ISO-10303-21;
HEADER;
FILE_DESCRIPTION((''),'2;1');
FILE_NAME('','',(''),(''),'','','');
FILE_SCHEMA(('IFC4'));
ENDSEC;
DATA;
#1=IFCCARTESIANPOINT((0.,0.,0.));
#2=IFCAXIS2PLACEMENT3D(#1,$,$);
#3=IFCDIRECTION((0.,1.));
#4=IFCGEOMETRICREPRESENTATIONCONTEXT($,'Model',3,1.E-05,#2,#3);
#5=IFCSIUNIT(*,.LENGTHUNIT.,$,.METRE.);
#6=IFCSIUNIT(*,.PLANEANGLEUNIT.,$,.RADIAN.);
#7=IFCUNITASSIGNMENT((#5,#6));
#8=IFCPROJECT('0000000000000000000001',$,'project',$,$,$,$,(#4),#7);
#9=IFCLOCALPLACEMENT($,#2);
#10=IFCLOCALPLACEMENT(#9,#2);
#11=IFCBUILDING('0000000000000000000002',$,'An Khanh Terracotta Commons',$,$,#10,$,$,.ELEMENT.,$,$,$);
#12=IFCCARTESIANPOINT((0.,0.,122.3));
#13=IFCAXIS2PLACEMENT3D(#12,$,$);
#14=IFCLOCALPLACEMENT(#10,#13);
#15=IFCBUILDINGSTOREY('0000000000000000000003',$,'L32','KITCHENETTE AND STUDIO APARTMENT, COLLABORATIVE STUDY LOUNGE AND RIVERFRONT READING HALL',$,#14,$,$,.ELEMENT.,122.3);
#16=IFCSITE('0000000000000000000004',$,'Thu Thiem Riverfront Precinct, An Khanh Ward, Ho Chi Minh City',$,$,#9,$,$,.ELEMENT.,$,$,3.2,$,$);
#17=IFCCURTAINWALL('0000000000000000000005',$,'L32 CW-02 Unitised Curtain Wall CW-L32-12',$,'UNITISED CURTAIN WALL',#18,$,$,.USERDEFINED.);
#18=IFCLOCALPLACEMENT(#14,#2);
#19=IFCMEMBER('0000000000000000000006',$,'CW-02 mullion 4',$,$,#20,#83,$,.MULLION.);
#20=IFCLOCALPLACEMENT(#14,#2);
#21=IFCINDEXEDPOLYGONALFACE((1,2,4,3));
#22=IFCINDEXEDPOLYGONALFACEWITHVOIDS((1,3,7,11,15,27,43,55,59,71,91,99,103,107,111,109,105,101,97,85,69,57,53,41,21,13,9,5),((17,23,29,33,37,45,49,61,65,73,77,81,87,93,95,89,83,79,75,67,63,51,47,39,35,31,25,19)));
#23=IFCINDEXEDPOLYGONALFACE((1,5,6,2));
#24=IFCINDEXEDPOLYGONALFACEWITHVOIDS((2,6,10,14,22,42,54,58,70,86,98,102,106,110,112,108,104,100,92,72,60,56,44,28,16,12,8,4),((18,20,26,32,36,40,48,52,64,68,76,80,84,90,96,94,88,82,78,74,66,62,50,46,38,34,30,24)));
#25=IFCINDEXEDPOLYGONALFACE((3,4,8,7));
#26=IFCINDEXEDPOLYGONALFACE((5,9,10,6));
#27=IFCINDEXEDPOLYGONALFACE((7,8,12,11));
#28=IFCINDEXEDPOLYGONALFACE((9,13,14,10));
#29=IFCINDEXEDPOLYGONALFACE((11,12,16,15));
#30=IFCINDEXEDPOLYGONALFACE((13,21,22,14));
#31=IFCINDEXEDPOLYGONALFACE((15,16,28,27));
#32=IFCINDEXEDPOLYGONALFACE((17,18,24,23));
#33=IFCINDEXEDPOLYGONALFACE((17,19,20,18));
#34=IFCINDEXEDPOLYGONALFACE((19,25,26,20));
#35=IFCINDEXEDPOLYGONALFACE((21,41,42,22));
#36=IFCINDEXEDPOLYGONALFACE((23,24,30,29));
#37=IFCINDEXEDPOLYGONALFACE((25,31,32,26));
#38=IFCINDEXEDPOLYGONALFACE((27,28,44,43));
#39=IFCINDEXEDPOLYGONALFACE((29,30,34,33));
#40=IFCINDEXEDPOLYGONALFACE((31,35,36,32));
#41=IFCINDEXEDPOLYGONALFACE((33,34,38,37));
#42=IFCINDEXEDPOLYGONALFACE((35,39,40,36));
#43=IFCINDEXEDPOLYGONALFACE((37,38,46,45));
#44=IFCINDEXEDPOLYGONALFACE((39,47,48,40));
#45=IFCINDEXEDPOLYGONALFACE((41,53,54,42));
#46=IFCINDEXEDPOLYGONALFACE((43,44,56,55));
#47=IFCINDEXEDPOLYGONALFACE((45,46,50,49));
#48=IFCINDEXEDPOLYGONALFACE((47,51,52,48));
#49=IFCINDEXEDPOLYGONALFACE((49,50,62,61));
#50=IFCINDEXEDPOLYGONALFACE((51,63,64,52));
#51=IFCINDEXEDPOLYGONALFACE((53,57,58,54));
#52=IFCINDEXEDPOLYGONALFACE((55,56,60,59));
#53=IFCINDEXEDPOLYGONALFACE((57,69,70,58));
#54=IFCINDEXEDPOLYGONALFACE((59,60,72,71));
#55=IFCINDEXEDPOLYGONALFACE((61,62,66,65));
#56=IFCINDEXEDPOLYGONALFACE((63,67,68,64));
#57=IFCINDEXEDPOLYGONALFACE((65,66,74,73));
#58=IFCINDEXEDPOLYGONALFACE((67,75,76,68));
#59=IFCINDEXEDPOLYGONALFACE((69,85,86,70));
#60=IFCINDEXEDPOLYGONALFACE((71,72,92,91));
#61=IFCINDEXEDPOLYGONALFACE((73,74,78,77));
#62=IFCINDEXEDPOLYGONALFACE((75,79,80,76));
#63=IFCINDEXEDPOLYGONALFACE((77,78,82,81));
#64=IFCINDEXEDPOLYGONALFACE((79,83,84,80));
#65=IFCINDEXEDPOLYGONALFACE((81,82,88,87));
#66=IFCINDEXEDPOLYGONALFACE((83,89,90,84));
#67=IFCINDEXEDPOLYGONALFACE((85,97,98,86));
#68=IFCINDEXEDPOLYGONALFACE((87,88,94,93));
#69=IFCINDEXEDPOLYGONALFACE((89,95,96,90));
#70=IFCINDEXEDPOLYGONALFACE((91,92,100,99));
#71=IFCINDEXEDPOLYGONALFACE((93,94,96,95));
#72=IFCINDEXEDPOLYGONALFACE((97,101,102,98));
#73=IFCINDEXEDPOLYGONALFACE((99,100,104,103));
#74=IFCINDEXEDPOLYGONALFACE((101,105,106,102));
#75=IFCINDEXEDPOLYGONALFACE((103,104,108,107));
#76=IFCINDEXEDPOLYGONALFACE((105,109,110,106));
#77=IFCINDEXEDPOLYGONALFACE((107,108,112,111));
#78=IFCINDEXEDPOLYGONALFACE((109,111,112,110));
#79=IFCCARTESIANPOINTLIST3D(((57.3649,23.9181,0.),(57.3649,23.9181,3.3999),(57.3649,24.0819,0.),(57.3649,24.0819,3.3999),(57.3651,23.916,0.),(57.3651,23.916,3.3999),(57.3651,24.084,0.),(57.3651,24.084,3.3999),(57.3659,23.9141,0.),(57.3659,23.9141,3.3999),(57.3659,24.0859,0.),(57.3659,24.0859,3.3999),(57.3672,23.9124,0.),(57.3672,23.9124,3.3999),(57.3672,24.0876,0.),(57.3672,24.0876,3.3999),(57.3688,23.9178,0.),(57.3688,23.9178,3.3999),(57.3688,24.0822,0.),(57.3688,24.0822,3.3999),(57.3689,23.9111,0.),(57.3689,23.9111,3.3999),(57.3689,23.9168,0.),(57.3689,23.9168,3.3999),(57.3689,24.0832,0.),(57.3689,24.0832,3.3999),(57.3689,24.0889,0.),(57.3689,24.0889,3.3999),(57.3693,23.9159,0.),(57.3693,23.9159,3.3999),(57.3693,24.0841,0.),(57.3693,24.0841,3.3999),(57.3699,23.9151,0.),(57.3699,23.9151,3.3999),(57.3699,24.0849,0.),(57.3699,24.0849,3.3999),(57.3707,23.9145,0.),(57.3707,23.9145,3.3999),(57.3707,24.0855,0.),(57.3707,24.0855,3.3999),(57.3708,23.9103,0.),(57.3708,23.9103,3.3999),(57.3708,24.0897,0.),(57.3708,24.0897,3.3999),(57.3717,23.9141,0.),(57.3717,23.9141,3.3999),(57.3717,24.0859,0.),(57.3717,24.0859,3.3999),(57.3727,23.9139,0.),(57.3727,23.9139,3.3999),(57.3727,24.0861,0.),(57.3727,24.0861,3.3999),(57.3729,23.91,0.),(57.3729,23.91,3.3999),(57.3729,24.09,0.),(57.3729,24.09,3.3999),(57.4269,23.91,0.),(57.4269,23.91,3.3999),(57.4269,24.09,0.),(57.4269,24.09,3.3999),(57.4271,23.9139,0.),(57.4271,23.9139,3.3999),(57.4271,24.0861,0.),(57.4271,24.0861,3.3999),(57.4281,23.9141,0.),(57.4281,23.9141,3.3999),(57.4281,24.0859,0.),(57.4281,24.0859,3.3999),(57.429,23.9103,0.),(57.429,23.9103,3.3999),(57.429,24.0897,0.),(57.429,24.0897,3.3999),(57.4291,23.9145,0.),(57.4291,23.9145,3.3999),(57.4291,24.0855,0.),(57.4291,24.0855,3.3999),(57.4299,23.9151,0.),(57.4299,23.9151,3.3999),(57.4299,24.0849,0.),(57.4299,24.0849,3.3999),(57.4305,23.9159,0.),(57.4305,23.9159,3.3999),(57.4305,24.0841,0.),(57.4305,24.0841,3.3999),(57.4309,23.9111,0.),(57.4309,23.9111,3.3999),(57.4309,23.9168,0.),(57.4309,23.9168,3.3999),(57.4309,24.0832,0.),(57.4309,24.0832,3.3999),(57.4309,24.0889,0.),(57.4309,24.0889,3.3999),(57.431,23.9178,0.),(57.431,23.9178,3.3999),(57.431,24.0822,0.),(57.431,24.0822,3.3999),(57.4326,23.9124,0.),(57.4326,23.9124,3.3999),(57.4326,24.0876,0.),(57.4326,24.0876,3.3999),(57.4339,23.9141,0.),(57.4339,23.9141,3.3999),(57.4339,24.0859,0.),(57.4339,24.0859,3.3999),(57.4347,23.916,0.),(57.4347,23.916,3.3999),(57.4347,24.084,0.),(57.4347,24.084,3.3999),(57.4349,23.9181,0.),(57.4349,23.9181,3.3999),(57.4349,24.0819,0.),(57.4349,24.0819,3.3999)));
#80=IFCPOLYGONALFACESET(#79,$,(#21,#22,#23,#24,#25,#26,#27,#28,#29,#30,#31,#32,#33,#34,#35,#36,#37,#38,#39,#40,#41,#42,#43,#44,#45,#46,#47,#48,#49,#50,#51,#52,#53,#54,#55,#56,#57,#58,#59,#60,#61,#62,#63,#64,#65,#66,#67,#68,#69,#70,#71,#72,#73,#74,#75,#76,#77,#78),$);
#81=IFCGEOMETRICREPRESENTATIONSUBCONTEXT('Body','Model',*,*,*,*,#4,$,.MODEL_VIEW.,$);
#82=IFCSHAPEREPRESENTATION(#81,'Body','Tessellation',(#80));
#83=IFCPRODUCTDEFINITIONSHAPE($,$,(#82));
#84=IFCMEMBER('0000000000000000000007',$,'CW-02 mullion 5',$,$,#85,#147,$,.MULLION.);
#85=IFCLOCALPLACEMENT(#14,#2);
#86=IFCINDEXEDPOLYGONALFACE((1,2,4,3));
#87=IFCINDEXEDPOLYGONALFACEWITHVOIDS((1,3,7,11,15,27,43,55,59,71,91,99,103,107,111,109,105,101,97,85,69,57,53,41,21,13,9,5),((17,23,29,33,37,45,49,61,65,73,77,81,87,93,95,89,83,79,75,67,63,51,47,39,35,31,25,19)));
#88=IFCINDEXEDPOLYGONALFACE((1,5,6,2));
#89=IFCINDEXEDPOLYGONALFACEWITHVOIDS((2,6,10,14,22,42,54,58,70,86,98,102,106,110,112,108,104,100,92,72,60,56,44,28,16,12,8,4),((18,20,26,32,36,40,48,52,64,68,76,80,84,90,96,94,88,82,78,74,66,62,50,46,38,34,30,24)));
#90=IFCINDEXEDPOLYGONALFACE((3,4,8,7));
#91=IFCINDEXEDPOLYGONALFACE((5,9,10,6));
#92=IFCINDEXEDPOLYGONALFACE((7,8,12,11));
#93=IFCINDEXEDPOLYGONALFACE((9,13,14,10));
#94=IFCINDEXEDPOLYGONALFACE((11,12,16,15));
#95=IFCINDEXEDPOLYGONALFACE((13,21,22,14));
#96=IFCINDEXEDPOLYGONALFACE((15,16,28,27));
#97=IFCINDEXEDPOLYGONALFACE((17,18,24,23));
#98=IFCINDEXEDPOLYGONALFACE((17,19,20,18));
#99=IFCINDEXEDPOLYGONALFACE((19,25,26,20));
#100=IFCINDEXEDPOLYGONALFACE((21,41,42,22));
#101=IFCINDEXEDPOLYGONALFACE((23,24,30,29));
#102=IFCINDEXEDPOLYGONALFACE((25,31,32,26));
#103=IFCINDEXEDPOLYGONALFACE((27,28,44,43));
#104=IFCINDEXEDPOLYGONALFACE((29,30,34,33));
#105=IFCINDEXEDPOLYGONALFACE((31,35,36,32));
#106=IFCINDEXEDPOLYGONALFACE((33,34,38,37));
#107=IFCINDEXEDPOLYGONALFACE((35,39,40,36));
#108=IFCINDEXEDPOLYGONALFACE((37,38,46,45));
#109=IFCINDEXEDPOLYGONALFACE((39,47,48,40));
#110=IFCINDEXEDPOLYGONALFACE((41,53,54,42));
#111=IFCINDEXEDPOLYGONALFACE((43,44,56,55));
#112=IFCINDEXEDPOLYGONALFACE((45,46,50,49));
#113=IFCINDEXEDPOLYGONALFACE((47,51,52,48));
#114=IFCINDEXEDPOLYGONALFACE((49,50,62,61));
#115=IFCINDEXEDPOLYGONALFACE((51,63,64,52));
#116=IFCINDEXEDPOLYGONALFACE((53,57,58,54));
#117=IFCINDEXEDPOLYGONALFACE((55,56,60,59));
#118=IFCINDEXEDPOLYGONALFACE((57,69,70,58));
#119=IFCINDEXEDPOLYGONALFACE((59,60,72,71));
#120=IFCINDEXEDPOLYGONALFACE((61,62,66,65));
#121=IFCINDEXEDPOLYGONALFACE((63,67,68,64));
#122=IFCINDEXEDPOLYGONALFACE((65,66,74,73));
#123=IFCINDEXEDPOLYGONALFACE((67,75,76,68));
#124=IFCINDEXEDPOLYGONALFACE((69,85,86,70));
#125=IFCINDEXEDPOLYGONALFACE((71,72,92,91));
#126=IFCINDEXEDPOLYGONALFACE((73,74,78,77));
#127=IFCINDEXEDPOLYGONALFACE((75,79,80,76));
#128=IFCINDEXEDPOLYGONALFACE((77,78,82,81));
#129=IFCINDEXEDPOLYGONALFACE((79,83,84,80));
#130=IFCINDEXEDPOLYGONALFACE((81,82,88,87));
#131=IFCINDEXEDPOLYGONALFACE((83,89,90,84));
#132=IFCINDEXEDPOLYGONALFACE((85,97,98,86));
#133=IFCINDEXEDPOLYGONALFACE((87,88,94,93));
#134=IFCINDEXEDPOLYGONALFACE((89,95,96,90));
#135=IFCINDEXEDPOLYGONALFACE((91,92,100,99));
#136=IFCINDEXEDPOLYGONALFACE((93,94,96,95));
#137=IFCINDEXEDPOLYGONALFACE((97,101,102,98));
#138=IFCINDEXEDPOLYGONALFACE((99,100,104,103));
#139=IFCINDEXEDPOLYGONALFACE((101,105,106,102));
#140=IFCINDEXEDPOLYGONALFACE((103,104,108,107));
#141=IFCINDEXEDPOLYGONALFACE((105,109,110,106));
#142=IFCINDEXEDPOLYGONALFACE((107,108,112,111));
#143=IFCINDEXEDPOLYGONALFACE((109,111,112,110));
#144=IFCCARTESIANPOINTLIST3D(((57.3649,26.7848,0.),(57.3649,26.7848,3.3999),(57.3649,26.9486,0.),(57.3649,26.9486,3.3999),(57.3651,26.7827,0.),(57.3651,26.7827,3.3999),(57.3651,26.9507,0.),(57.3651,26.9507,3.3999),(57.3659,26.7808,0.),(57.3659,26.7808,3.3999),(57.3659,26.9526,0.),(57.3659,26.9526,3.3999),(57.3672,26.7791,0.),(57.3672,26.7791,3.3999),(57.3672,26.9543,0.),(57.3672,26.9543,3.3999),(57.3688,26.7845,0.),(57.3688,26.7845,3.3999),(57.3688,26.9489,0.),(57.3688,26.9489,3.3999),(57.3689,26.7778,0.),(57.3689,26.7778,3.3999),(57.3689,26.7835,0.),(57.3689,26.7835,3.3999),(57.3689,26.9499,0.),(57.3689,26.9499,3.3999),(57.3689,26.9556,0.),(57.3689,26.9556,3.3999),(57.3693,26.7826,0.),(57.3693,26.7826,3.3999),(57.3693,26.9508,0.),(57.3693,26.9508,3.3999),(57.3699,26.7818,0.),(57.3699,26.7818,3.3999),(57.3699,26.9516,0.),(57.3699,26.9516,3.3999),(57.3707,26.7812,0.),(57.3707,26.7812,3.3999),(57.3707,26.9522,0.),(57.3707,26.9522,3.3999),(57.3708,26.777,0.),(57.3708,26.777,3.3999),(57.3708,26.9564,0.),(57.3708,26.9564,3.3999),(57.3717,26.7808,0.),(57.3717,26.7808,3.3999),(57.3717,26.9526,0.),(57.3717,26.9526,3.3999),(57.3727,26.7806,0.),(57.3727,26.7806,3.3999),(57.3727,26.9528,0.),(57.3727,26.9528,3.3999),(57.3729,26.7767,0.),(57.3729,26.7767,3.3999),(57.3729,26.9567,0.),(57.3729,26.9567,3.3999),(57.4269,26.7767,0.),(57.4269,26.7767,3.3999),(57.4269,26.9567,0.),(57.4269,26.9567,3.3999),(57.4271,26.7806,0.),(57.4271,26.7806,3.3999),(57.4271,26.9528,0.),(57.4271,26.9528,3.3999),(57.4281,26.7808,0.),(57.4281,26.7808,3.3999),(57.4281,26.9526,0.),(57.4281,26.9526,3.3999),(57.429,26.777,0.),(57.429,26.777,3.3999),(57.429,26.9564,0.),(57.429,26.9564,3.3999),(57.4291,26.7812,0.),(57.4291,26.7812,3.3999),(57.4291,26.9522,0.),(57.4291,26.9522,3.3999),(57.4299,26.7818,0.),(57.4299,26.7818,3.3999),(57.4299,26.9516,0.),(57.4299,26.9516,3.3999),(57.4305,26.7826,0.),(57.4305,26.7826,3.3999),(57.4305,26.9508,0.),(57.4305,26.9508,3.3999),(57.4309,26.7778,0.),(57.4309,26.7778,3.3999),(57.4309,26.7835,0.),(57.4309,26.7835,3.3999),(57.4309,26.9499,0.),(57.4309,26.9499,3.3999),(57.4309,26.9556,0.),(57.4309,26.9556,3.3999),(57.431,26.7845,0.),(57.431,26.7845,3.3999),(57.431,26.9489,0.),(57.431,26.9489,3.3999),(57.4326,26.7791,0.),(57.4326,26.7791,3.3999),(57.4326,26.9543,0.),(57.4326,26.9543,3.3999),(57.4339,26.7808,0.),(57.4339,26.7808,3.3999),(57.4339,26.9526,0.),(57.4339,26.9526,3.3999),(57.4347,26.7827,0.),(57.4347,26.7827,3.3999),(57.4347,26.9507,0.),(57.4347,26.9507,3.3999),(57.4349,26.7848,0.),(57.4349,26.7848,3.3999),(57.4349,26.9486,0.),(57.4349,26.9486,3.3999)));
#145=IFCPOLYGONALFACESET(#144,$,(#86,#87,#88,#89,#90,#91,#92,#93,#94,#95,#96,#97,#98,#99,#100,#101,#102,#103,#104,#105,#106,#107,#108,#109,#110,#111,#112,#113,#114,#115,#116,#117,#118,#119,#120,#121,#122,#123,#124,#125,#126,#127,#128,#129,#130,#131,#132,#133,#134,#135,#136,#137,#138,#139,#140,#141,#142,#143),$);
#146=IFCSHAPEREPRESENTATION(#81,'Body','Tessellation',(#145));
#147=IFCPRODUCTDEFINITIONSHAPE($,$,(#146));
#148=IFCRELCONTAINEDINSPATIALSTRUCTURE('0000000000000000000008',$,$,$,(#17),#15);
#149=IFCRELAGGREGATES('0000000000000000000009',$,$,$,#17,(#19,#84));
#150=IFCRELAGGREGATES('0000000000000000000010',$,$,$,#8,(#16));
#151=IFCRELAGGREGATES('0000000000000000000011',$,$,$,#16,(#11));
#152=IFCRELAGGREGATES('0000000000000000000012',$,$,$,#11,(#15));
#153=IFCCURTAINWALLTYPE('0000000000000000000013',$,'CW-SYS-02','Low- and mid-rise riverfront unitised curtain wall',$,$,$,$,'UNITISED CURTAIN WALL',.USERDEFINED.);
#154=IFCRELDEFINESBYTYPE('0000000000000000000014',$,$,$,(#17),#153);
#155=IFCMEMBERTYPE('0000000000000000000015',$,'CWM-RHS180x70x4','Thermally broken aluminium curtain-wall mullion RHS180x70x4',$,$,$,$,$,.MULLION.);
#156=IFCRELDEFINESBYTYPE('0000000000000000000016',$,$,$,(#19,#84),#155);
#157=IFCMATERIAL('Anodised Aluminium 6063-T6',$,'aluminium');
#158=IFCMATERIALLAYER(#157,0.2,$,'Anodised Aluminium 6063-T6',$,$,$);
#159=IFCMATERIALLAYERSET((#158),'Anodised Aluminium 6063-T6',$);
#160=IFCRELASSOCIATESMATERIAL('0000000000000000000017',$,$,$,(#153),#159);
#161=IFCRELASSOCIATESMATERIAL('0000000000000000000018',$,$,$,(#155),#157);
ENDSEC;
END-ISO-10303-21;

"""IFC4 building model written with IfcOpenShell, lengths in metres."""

from ifc_helpers import new_model, si_unit, direction, frame, origin, origin_2d, place, context, subcontext, project, spatial, hollow_rectangle, extrude, material, layer, layer_set, material_profile, profile_set, type_object, element, aggregate, save


model = new_model("IFC4")

# Units and contexts
model_context = context("Model", 3, precision=1e-05, world=origin(), true_north=direction((0.0, 1.0)))
body_context = subcontext(model_context, "Body", "Model", "MODEL_VIEW")
ifc_project = project(units=[si_unit("LENGTHUNIT", "METRE"), si_unit("PLANEANGLEUNIT", "RADIAN")], contexts=[model_context])

# Site, building, storey
site_placement = place(None, origin())
site = spatial("IfcSite", under=ifc_project, at=site_placement, Name="Thu Thiem Riverfront Precinct, An Khanh Ward, Ho Chi Minh City", CompositionType="ELEMENT", RefElevation=3.2)
building_placement = place(site_placement, origin())
building = spatial("IfcBuilding", under=site, at=building_placement, Name="An Khanh Terracotta Commons", CompositionType="ELEMENT")
storey_placement = place(building_placement, frame((0.0, 0.0, 122.3)))
storey = spatial("IfcBuildingStorey", under=building, at=storey_placement, Name="L32", Description="KITCHENETTE AND STUDIO APARTMENT, COLLABORATIVE STUDY LOUNGE AND RIVERFRONT READING HALL", CompositionType="ELEMENT", Elevation=122.3)

# Curtain wall, members
ifc_material_1 = material(Name="Anodised Aluminium 6063-T6", Category="aluminium")
ifc_layer_1 = layer(ifc_material_1, 0.2, Name="Anodised Aluminium 6063-T6")
ifc_layer_set_1 = layer_set([ifc_layer_1], Name="Anodised Aluminium 6063-T6")
curtain_wall_type = type_object("IfcCurtainWallType", Name="CW-SYS-02", Description="Low- and mid-rise riverfront unitised curtain wall", ElementType="UNITISED CURTAIN WALL", PredefinedType="USERDEFINED", material=ifc_layer_set_1)
curtain_wall_1_placement = place(storey_placement, origin())
curtain_wall_1 = element("IfcCurtainWall", 1, at=curtain_wall_1_placement, inside=storey, type_object=curtain_wall_type, Name="L32 CW-02 Unitised Curtain Wall CW-L32-12", ObjectType="UNITISED CURTAIN WALL", PredefinedType="USERDEFINED")
ifc_material_profile_1 = material_profile(ifc_material_1, hollow_rectangle(XDim=0.0701, YDim=0.1799, WallThickness=0.0039, InnerFilletRadius=0.0039, OuterFilletRadius=0.0081, at=origin_2d()), Name="RHS180x70x4")
ifc_profile_set_1 = profile_set([ifc_material_profile_1], Name="Anodised Aluminium 6063-T6")
member_type_1 = type_object("IfcMemberType", Name="CWM-RHS180x70x4", Description="Thermally broken aluminium curtain-wall mullion RHS180x70x4", PredefinedType="MULLION", material=ifc_profile_set_1)
member_1_placement = place(storey_placement, frame((57.3999, 24.0, 0.0), z_axis=(0.0, 0.0, 1.0), x_axis=(-1.0, 0.0, 0.0)))
member_1 = element("IfcMember", 2, at=member_1_placement, type_object=member_type_1, Name="CW-02 mullion 4", PredefinedType="MULLION", context=body_context, shape_type="SweptSolid", body=[
    extrude(hollow_rectangle(XDim=0.0701, YDim=0.1799, WallThickness=0.0039, InnerFilletRadius=0.0039, OuterFilletRadius=0.0081, at=origin_2d()), origin(), (0.0, 0.0, 1.0), 3.3999),
])
member_2_placement = place(storey_placement, frame((57.3999, 26.8667, 0.0), z_axis=(0.0, 0.0, 1.0), x_axis=(-1.0, 0.0, 0.0)))
member_2 = element("IfcMember", 3, at=member_2_placement, type_object=member_type_1, Name="CW-02 mullion 5", PredefinedType="MULLION", context=body_context, shape_type="SweptSolid", body=[
    extrude(hollow_rectangle(XDim=0.0701, YDim=0.1799, WallThickness=0.0039, InnerFilletRadius=0.0039, OuterFilletRadius=0.0081, at=origin_2d()), origin(), (0.0, 0.0, 1.0), 3.3999),
])

aggregate(curtain_wall_1, [member_1, member_2])

save(model, "model.ifc")
